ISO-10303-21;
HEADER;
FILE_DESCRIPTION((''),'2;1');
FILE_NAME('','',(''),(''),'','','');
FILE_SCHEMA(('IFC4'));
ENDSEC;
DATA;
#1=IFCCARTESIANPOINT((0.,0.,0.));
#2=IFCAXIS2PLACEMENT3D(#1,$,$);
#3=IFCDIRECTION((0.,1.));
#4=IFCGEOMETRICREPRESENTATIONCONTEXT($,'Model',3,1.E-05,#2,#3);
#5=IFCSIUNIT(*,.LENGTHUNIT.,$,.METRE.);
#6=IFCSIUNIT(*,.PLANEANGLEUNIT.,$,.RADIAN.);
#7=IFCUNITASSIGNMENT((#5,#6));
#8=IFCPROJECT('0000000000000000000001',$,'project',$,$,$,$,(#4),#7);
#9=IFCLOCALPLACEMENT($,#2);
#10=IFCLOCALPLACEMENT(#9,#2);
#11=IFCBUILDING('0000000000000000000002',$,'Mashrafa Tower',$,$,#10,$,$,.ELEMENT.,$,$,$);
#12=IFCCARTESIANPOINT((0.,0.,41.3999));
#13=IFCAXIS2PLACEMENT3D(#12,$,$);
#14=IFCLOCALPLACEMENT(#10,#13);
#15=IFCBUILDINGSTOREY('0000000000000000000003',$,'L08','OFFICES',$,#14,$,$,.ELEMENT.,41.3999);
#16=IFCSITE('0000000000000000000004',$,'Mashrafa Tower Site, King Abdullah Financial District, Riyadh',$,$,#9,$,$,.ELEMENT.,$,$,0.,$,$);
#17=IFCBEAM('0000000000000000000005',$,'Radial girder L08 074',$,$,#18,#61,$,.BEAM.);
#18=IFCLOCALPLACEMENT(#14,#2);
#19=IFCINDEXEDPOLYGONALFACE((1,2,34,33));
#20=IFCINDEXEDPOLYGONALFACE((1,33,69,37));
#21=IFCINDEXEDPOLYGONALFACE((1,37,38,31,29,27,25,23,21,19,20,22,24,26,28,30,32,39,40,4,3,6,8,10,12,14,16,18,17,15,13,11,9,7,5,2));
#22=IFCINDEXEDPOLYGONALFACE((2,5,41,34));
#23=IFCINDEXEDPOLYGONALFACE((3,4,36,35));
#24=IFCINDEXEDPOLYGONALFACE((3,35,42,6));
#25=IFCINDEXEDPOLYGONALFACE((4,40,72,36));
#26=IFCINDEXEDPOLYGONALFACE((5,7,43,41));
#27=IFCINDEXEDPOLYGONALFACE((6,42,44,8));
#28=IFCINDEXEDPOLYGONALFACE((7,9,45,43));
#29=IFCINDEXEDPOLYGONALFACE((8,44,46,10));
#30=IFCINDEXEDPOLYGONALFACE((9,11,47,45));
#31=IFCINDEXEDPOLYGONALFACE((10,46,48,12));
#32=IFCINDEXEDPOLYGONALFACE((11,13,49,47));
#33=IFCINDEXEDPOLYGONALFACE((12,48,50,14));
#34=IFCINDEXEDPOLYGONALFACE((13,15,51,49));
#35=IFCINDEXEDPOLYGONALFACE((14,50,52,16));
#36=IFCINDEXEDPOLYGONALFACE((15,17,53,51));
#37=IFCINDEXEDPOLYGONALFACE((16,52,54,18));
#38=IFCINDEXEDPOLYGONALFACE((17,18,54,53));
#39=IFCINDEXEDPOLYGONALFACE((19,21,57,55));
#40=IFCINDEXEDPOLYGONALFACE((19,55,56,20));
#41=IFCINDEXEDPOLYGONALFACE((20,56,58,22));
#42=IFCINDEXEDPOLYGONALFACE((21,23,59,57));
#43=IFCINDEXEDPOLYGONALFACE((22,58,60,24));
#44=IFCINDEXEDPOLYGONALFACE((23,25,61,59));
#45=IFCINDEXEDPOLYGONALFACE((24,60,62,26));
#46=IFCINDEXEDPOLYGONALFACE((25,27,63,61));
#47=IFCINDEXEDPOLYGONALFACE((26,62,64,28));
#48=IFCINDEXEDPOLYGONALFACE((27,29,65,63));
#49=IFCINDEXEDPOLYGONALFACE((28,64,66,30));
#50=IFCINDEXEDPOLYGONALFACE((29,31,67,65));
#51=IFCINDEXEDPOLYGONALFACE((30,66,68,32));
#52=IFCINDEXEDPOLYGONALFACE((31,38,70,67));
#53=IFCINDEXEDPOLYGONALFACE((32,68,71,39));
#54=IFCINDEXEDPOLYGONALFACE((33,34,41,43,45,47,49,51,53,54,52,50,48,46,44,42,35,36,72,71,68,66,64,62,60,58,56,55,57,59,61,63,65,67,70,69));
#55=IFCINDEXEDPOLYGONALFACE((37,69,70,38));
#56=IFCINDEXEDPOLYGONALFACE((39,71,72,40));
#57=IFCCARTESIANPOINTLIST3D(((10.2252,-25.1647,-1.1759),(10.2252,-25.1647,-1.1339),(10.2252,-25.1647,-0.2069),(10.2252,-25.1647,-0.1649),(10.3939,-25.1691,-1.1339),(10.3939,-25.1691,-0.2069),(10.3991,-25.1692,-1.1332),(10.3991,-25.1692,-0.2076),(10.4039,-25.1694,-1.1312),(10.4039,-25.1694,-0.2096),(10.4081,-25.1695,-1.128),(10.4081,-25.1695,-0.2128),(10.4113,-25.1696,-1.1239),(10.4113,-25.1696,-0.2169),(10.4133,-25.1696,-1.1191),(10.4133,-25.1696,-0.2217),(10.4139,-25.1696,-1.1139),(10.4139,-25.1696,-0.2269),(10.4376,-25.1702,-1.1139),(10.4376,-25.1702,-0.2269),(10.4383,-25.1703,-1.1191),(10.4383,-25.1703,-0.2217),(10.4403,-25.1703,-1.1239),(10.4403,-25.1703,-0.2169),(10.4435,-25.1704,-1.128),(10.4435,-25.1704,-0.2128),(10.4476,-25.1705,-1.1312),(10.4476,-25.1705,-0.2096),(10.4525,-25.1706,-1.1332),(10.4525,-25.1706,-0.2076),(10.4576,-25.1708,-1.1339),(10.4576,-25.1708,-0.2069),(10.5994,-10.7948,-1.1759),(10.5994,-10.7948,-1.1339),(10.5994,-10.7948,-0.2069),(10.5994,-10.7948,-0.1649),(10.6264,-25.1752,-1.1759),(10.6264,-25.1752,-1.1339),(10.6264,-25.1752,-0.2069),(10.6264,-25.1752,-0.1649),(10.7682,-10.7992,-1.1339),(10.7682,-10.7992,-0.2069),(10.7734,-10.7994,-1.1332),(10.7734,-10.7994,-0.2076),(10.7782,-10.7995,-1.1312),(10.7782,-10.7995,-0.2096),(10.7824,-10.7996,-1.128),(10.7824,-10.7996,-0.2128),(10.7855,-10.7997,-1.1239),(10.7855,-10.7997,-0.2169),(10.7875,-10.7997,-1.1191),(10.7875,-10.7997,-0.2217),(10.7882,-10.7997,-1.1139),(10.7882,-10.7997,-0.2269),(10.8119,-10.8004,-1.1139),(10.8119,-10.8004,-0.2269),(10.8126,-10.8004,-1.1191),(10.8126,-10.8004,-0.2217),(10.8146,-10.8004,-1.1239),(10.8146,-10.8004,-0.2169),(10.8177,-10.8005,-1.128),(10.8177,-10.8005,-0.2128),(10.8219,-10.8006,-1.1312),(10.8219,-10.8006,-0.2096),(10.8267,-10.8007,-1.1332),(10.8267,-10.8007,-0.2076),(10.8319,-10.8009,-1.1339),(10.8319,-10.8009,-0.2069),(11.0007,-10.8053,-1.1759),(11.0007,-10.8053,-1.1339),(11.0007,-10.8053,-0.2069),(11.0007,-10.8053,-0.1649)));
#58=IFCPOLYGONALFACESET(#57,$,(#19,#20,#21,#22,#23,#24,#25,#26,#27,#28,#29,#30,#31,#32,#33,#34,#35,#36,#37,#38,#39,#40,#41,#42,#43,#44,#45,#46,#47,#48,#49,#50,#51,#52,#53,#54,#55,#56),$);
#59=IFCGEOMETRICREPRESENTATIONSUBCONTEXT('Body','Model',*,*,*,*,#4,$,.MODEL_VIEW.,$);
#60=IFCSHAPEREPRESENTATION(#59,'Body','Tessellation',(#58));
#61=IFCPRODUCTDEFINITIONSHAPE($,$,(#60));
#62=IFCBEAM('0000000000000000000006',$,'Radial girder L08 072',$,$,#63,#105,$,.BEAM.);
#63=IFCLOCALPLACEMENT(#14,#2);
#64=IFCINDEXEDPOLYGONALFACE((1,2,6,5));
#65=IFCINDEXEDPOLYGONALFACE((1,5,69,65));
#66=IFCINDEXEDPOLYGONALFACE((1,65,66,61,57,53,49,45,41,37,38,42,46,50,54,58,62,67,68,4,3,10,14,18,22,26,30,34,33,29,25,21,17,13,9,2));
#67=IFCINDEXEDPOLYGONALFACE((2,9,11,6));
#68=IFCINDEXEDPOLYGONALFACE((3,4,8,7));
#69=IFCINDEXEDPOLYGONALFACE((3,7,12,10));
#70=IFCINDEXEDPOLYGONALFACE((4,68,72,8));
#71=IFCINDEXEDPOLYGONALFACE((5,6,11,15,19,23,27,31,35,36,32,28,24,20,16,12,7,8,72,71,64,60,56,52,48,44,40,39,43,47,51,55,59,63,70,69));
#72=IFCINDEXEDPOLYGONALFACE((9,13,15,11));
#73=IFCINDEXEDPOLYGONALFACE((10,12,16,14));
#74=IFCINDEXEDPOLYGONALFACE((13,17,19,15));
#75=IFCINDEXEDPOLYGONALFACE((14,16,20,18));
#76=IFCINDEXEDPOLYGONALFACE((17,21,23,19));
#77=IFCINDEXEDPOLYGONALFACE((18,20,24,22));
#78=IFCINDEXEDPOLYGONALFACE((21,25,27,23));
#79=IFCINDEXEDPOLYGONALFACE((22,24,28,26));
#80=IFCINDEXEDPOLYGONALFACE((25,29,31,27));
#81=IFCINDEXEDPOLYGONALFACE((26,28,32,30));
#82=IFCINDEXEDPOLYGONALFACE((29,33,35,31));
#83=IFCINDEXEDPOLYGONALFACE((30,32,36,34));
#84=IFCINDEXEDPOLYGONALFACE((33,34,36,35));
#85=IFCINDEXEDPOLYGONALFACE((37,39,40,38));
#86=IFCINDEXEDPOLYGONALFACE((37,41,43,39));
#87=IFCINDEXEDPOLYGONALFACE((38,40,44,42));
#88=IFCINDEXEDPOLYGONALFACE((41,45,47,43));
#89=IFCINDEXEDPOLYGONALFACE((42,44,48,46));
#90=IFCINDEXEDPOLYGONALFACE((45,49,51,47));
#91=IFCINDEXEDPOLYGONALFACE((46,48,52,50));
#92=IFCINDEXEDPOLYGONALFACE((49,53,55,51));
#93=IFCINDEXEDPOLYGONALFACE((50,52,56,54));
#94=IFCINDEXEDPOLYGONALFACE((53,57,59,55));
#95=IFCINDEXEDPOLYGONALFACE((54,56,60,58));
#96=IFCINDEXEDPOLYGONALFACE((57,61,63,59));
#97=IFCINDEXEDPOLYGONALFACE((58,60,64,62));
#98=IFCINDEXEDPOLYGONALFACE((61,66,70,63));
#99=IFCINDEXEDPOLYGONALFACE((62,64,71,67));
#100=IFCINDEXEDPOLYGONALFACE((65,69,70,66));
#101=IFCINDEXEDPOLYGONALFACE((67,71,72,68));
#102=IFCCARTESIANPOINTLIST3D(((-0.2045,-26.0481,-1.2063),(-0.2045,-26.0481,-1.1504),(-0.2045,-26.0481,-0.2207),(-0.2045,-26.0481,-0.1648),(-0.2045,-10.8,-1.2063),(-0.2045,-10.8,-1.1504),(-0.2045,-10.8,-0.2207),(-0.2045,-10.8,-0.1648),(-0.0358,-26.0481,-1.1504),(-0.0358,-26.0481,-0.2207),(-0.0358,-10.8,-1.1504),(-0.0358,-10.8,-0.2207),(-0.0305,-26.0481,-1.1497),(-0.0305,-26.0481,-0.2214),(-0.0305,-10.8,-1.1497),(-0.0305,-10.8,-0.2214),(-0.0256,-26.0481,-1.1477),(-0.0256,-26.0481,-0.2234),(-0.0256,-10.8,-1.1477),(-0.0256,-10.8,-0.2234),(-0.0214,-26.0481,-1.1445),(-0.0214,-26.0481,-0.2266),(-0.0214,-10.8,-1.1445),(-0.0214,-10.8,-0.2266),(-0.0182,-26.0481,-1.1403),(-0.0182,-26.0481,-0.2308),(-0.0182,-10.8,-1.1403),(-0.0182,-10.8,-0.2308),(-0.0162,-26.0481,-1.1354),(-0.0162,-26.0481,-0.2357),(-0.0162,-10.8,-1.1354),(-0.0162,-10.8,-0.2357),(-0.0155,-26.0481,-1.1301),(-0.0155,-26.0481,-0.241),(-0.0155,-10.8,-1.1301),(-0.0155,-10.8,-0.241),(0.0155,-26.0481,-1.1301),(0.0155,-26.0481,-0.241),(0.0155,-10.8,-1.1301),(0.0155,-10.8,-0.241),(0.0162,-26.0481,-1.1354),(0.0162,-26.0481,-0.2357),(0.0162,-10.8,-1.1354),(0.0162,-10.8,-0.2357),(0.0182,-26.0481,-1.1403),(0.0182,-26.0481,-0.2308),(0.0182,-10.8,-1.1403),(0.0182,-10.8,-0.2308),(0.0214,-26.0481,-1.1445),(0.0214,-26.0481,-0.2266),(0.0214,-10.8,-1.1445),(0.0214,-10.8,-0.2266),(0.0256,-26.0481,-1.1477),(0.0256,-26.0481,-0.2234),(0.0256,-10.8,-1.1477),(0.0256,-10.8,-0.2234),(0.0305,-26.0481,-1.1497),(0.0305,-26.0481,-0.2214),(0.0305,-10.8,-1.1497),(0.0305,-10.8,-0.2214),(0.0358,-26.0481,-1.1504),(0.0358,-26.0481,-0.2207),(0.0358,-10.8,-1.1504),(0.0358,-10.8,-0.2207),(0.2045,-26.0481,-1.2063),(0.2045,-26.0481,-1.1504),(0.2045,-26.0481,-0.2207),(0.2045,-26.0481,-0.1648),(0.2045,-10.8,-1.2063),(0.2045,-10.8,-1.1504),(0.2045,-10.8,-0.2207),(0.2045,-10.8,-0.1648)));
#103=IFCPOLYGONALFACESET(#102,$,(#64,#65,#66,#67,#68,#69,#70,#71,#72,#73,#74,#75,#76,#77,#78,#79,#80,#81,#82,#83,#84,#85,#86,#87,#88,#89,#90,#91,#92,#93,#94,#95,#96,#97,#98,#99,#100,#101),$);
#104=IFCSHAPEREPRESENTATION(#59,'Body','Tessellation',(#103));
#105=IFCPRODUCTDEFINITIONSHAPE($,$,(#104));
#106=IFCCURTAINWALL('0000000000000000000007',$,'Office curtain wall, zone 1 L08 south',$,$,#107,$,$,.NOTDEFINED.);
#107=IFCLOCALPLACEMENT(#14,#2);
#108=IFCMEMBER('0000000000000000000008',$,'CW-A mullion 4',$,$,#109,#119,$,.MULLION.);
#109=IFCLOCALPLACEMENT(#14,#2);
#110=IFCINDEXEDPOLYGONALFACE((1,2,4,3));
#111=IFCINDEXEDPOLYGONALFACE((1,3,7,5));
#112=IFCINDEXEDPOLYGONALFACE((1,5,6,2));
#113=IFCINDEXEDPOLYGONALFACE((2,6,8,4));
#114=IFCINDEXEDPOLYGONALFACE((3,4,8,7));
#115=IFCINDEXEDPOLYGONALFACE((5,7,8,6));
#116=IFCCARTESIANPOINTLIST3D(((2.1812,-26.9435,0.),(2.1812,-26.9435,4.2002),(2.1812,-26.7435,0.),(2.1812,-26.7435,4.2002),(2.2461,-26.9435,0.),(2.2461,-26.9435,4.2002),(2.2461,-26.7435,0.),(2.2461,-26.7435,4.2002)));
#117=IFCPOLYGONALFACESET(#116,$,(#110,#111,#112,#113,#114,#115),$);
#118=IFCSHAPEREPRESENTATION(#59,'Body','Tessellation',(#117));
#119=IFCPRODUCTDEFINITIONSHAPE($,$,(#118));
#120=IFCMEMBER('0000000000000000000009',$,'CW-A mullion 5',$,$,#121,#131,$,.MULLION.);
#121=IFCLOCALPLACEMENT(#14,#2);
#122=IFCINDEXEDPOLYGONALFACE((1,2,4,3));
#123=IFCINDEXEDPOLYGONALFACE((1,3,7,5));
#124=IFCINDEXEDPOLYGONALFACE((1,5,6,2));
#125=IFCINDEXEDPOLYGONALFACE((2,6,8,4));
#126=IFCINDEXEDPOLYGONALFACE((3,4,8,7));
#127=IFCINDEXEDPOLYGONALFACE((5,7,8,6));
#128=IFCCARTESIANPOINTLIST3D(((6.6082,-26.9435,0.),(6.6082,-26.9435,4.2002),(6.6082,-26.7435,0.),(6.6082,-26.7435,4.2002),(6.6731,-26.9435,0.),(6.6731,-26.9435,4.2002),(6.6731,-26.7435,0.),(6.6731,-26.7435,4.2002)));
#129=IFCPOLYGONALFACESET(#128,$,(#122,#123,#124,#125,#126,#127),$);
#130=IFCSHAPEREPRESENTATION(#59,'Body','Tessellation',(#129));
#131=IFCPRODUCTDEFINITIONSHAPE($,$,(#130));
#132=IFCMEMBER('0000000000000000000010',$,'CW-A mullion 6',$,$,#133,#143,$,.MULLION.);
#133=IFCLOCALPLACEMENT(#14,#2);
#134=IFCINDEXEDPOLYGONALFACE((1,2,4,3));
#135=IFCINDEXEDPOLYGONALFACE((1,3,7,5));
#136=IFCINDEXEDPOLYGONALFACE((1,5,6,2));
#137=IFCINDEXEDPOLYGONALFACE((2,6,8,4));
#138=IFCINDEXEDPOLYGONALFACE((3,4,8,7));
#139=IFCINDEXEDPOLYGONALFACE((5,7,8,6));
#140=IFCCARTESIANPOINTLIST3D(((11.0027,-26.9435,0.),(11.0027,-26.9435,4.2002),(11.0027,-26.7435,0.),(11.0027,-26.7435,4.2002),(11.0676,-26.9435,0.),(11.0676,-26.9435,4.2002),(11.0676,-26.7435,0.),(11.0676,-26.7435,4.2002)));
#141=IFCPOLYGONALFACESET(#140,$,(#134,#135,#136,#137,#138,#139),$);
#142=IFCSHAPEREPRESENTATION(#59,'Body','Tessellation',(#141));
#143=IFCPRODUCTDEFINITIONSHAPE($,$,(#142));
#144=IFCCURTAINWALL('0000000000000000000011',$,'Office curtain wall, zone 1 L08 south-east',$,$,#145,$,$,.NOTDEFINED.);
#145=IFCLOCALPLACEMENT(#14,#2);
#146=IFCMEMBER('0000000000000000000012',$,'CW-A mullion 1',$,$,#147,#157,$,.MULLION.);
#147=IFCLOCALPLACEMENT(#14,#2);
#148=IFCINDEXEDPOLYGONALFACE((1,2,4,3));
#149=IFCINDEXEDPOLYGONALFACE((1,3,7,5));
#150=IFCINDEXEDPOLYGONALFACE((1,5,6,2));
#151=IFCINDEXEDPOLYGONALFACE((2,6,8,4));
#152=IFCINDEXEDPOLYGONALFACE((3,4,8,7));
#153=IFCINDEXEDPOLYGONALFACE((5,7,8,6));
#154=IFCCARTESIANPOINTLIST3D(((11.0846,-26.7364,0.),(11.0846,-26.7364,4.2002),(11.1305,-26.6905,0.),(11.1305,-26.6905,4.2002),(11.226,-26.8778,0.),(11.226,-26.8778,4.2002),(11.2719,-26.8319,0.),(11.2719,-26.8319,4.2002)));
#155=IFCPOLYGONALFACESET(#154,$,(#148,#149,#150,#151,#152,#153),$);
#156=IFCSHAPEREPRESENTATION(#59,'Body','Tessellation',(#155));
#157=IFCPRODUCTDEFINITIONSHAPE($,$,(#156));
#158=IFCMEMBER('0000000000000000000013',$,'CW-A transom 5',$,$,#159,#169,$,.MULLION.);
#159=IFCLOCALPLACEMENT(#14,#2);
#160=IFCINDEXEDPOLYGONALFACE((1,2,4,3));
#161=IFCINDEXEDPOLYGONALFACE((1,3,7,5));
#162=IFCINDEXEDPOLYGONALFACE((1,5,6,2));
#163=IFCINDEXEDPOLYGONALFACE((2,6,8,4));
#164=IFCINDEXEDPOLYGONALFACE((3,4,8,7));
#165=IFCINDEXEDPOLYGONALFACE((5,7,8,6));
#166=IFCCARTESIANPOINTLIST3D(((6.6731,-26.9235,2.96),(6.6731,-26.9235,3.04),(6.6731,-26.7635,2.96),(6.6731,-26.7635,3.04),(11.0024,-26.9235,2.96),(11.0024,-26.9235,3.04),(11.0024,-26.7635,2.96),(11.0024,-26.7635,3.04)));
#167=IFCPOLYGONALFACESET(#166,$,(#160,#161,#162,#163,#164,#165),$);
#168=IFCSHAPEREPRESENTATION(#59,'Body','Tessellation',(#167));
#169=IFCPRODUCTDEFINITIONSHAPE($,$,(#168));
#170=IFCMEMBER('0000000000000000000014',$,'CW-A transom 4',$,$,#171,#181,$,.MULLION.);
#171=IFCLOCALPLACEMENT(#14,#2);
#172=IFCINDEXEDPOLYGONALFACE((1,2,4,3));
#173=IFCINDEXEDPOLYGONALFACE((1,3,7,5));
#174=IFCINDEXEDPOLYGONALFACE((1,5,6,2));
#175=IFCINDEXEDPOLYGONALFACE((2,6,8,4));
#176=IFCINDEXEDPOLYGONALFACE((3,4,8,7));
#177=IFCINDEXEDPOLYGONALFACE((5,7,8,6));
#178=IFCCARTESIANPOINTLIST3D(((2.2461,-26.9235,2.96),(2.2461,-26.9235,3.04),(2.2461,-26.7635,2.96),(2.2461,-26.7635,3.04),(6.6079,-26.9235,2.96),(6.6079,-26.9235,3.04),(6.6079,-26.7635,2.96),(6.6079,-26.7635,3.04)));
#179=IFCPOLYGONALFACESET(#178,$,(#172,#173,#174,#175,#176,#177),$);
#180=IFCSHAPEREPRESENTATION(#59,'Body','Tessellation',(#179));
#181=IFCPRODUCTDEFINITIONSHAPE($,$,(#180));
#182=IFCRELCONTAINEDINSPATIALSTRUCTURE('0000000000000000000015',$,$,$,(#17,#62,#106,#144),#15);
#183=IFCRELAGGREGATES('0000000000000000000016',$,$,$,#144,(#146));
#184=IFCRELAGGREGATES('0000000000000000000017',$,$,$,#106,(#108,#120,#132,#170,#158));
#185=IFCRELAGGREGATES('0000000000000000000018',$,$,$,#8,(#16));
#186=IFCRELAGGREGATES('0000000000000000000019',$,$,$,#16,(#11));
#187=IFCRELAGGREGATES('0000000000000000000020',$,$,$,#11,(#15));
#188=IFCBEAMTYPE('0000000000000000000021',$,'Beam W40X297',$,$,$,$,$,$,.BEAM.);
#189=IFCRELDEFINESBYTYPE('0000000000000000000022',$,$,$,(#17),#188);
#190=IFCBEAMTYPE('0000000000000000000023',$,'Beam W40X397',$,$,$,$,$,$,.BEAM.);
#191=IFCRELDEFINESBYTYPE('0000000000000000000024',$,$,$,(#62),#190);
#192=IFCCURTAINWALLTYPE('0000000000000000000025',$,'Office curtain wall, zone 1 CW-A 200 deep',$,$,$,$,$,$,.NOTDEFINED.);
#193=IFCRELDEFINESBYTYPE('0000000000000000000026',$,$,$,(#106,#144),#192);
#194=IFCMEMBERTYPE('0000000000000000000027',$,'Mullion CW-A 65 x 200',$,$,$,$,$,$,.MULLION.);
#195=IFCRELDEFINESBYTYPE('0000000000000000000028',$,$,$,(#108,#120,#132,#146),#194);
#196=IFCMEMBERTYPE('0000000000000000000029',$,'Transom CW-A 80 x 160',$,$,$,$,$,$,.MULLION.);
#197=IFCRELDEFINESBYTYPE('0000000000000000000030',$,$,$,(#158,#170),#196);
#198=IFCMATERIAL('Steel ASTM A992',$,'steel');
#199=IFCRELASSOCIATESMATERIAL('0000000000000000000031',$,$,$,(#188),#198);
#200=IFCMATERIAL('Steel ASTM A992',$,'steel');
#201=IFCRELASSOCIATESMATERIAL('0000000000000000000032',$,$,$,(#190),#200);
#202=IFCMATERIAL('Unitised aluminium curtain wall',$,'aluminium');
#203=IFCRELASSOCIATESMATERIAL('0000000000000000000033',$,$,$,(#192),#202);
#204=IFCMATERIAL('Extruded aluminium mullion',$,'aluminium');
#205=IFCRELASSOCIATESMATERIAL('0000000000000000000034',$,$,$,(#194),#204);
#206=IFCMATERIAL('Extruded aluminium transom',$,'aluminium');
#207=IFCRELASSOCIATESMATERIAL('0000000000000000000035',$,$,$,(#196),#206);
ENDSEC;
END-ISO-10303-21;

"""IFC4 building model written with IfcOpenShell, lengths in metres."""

from ifc_helpers import new_model, si_unit, direction, frame, origin, origin_2d, place, context, subcontext, project, spatial, rectangle, i_section, extrude, source, transform, mapped, material, material_profile, profile_set, type_object, type_shapes, element, aggregate, save


model = new_model("IFC4")

# Units and contexts
model_context = context("Model", 3, precision=1e-05, world=origin(), true_north=direction((0.0, 1.0)))
body_context = subcontext(model_context, "Body", "Model", "MODEL_VIEW")
ifc_project = project(units=[si_unit("LENGTHUNIT", "METRE"), si_unit("PLANEANGLEUNIT", "RADIAN")], contexts=[model_context])

# Site, building, storey
site_placement = place(None, origin())
site = spatial("IfcSite", under=ifc_project, at=site_placement, Name="Mashrafa Tower Site, King Abdullah Financial District, Riyadh", CompositionType="ELEMENT", RefElevation=0.0)
building_placement = place(site_placement, origin())
building = spatial("IfcBuilding", under=site, at=building_placement, Name="Mashrafa Tower", CompositionType="ELEMENT")
storey_placement = place(building_placement, frame((0.0, 0.0, 41.3999)))
storey = spatial("IfcBuildingStorey", under=building, at=storey_placement, Name="L08", Description="OFFICES", CompositionType="ELEMENT", Elevation=41.3999)

# Beams
ifc_material_1 = material(Name="Steel ASTM A992", Category="steel")
ifc_material_profile_1 = material_profile(ifc_material_1, i_section(OverallWidth=0.4014, OverallDepth=1.011, WebThickness=0.0237, FlangeThickness=0.042, FilletRadius=0.02, at=origin_2d()), Name="W40X297")
ifc_profile_set_1 = profile_set([ifc_material_profile_1], Name="Steel ASTM A992")
beam_type_1 = type_object("IfcBeamType", Name="Beam W40X297", PredefinedType="BEAM", material=ifc_profile_set_1)
beam_1_placement = place(storey_placement, frame((10.8, -10.8, -0.6704), z_axis=(-0.026036, -0.999661, 0.0), x_axis=(0.999661, -0.026036, 0.0)))
element("IfcBeam", 1, at=beam_1_placement, inside=storey, type_object=beam_type_1, Name="Radial girder L08 074", PredefinedType="BEAM", context=body_context, shape_type="SweptSolid", body=[
    extrude(i_section(OverallWidth=0.4014, OverallDepth=1.011, WebThickness=0.0237, FlangeThickness=0.042, FilletRadius=0.02, at=origin_2d()), origin(), (0.0, 0.0, 1.0), 14.3748),
])
ifc_material_2 = material(Name="Steel ASTM A992", Category="steel")
ifc_material_profile_2 = material_profile(ifc_material_2, i_section(OverallWidth=0.4089, OverallDepth=1.0415, WebThickness=0.031, FlangeThickness=0.0559, FilletRadius=0.0203, at=origin_2d()), Name="W40X397")
ifc_profile_set_2 = profile_set([ifc_material_profile_2], Name="Steel ASTM A992")
beam_type_2 = type_object("IfcBeamType", Name="Beam W40X397", PredefinedType="BEAM", material=ifc_profile_set_2)
beam_2_placement = place(storey_placement, frame((0.0, -10.8, -0.6855), z_axis=(0.0, -1.0, 0.0), x_axis=(1.0, 0.0, 0.0)))
element("IfcBeam", 2, at=beam_2_placement, inside=storey, type_object=beam_type_2, Name="Radial girder L08 072", PredefinedType="BEAM", context=body_context, shape_type="SweptSolid", body=[
    extrude(i_section(OverallWidth=0.4089, OverallDepth=1.0415, WebThickness=0.031, FlangeThickness=0.0559, FilletRadius=0.0203, at=origin_2d()), origin(), (0.0, 0.0, 1.0), 15.248),
])

# Curtain wall, members
ifc_material_3 = material(Name="Unitised aluminium curtain wall", Category="aluminium")
curtain_wall_type = type_object("IfcCurtainWallType", Name="Office curtain wall, zone 1 CW-A 200 deep", PredefinedType="NOTDEFINED", material=ifc_material_3)
curtain_wall_1_placement = place(storey_placement, origin())
curtain_wall_1 = element("IfcCurtainWall", 3, at=curtain_wall_1_placement, inside=storey, type_object=curtain_wall_type, Name="Office curtain wall, zone 1 L08 south", PredefinedType="NOTDEFINED")
ifc_material_4 = material(Name="Extruded aluminium mullion", Category="aluminium")
ifc_material_profile_3 = material_profile(ifc_material_4, rectangle(XDim=0.2, YDim=0.0649, at=origin_2d()), Name="Mullion 65x200")
ifc_profile_set_3 = profile_set([ifc_material_profile_3], Name="Extruded aluminium mullion")
member_type_1 = type_object("IfcMemberType", Name="Mullion CW-A 65 x 200", PredefinedType="MULLION", material=ifc_profile_set_3)
shared_shape_1 = source(origin(), body_context, "Body", "SweptSolid", [
    extrude(rectangle(XDim=0.2, YDim=0.0649, at=origin_2d()), origin(), (0.0, 0.0, 1.0), 4.2002),
])
type_shapes(member_type_1, [shared_shape_1])
member_1_placement = place(storey_placement, frame((2.2136, -26.8435, 0.0), z_axis=(0.0, 0.0, 1.0), x_axis=(0.0, 1.0, 0.0)))
member_1 = element("IfcMember", 4, at=member_1_placement, type_object=member_type_1, Name="CW-A mullion 4", PredefinedType="MULLION", context=body_context, shape_type="MappedRepresentation", body=[
    mapped(shared_shape_1, transform((0.0, 0.0, 0.0))),
])
member_2_placement = place(storey_placement, frame((6.6406, -26.8435, 0.0), z_axis=(0.0, 0.0, 1.0), x_axis=(0.0, 1.0, 0.0)))
member_2 = element("IfcMember", 5, at=member_2_placement, type_object=member_type_1, Name="CW-A mullion 5", PredefinedType="MULLION", context=body_context, shape_type="MappedRepresentation", body=[
    mapped(shared_shape_1, transform((0.0, 0.0, 0.0))),
])
member_3_placement = place(storey_placement, frame((11.0352, -26.8435, 0.0), z_axis=(0.0, 0.0, 1.0), x_axis=(0.0, 1.0, 0.0)))
member_3 = element("IfcMember", 6, at=member_3_placement, type_object=member_type_1, Name="CW-A mullion 6", PredefinedType="MULLION", context=body_context, shape_type="MappedRepresentation", body=[
    mapped(shared_shape_1, transform((0.0, 0.0, 0.0))),
])

# Curtain wall, member
curtain_wall_2_placement = place(storey_placement, origin())
curtain_wall_2 = element("IfcCurtainWall", 7, at=curtain_wall_2_placement, inside=storey, type_object=curtain_wall_type, Name="Office curtain wall, zone 1 L08 south-east", PredefinedType="NOTDEFINED")
member_4_placement = place(storey_placement, frame((11.1782, -26.7842, 0.0), z_axis=(0.0, 0.0, 1.0), x_axis=(-0.707107, 0.707107, 0.0)))
member_4 = element("IfcMember", 8, at=member_4_placement, type_object=member_type_1, Name="CW-A mullion 1", PredefinedType="MULLION", context=body_context, shape_type="MappedRepresentation", body=[
    mapped(shared_shape_1, transform((0.0, 0.0, 0.0))),
])
aggregate(curtain_wall_2, [member_4])

# Members
ifc_material_5 = material(Name="Extruded aluminium transom", Category="aluminium")
ifc_material_profile_4 = material_profile(ifc_material_5, rectangle(XDim=0.1599, YDim=0.0801, at=origin_2d()), Name="Transom 80x160")
ifc_profile_set_4 = profile_set([ifc_material_profile_4], Name="Extruded aluminium transom")
member_type_2 = type_object("IfcMemberType", Name="Transom CW-A 80 x 160", PredefinedType="MULLION", material=ifc_profile_set_4)
shared_shape_2 = source(origin(), body_context, "Body", "SweptSolid", [
    extrude(rectangle(XDim=0.1599, YDim=0.0801, at=origin_2d()), origin(), (0.0, 0.0, 1.0), 4.3293),
])
member_5_placement = place(storey_placement, frame((6.6731, -26.8435, 3.0), z_axis=(1.0, 0.0, 0.0), x_axis=(0.0, 1.0, 0.0)))
member_5 = element("IfcMember", 9, at=member_5_placement, type_object=member_type_2, Name="CW-A transom 5", PredefinedType="MULLION", context=body_context, shape_type="MappedRepresentation", body=[
    mapped(shared_shape_2, transform((0.0, 0.0, 0.0))),
])
shared_shape_3 = source(origin(), body_context, "Body", "SweptSolid", [
    extrude(rectangle(XDim=0.1599, YDim=0.0801, at=origin_2d()), origin(), (0.0, 0.0, 1.0), 4.3618),
])
type_shapes(member_type_2, [shared_shape_2, shared_shape_3])
member_6_placement = place(storey_placement, frame((2.2461, -26.8435, 3.0), z_axis=(1.0, 0.0, 0.0), x_axis=(0.0, 1.0, 0.0)))
member_6 = element("IfcMember", 10, at=member_6_placement, type_object=member_type_2, Name="CW-A transom 4", PredefinedType="MULLION", context=body_context, shape_type="MappedRepresentation", body=[
    mapped(shared_shape_3, transform((0.0, 0.0, 0.0))),
])

aggregate(curtain_wall_1, [member_1, member_2, member_3, member_6, member_5])

save(model, "model.ifc")
